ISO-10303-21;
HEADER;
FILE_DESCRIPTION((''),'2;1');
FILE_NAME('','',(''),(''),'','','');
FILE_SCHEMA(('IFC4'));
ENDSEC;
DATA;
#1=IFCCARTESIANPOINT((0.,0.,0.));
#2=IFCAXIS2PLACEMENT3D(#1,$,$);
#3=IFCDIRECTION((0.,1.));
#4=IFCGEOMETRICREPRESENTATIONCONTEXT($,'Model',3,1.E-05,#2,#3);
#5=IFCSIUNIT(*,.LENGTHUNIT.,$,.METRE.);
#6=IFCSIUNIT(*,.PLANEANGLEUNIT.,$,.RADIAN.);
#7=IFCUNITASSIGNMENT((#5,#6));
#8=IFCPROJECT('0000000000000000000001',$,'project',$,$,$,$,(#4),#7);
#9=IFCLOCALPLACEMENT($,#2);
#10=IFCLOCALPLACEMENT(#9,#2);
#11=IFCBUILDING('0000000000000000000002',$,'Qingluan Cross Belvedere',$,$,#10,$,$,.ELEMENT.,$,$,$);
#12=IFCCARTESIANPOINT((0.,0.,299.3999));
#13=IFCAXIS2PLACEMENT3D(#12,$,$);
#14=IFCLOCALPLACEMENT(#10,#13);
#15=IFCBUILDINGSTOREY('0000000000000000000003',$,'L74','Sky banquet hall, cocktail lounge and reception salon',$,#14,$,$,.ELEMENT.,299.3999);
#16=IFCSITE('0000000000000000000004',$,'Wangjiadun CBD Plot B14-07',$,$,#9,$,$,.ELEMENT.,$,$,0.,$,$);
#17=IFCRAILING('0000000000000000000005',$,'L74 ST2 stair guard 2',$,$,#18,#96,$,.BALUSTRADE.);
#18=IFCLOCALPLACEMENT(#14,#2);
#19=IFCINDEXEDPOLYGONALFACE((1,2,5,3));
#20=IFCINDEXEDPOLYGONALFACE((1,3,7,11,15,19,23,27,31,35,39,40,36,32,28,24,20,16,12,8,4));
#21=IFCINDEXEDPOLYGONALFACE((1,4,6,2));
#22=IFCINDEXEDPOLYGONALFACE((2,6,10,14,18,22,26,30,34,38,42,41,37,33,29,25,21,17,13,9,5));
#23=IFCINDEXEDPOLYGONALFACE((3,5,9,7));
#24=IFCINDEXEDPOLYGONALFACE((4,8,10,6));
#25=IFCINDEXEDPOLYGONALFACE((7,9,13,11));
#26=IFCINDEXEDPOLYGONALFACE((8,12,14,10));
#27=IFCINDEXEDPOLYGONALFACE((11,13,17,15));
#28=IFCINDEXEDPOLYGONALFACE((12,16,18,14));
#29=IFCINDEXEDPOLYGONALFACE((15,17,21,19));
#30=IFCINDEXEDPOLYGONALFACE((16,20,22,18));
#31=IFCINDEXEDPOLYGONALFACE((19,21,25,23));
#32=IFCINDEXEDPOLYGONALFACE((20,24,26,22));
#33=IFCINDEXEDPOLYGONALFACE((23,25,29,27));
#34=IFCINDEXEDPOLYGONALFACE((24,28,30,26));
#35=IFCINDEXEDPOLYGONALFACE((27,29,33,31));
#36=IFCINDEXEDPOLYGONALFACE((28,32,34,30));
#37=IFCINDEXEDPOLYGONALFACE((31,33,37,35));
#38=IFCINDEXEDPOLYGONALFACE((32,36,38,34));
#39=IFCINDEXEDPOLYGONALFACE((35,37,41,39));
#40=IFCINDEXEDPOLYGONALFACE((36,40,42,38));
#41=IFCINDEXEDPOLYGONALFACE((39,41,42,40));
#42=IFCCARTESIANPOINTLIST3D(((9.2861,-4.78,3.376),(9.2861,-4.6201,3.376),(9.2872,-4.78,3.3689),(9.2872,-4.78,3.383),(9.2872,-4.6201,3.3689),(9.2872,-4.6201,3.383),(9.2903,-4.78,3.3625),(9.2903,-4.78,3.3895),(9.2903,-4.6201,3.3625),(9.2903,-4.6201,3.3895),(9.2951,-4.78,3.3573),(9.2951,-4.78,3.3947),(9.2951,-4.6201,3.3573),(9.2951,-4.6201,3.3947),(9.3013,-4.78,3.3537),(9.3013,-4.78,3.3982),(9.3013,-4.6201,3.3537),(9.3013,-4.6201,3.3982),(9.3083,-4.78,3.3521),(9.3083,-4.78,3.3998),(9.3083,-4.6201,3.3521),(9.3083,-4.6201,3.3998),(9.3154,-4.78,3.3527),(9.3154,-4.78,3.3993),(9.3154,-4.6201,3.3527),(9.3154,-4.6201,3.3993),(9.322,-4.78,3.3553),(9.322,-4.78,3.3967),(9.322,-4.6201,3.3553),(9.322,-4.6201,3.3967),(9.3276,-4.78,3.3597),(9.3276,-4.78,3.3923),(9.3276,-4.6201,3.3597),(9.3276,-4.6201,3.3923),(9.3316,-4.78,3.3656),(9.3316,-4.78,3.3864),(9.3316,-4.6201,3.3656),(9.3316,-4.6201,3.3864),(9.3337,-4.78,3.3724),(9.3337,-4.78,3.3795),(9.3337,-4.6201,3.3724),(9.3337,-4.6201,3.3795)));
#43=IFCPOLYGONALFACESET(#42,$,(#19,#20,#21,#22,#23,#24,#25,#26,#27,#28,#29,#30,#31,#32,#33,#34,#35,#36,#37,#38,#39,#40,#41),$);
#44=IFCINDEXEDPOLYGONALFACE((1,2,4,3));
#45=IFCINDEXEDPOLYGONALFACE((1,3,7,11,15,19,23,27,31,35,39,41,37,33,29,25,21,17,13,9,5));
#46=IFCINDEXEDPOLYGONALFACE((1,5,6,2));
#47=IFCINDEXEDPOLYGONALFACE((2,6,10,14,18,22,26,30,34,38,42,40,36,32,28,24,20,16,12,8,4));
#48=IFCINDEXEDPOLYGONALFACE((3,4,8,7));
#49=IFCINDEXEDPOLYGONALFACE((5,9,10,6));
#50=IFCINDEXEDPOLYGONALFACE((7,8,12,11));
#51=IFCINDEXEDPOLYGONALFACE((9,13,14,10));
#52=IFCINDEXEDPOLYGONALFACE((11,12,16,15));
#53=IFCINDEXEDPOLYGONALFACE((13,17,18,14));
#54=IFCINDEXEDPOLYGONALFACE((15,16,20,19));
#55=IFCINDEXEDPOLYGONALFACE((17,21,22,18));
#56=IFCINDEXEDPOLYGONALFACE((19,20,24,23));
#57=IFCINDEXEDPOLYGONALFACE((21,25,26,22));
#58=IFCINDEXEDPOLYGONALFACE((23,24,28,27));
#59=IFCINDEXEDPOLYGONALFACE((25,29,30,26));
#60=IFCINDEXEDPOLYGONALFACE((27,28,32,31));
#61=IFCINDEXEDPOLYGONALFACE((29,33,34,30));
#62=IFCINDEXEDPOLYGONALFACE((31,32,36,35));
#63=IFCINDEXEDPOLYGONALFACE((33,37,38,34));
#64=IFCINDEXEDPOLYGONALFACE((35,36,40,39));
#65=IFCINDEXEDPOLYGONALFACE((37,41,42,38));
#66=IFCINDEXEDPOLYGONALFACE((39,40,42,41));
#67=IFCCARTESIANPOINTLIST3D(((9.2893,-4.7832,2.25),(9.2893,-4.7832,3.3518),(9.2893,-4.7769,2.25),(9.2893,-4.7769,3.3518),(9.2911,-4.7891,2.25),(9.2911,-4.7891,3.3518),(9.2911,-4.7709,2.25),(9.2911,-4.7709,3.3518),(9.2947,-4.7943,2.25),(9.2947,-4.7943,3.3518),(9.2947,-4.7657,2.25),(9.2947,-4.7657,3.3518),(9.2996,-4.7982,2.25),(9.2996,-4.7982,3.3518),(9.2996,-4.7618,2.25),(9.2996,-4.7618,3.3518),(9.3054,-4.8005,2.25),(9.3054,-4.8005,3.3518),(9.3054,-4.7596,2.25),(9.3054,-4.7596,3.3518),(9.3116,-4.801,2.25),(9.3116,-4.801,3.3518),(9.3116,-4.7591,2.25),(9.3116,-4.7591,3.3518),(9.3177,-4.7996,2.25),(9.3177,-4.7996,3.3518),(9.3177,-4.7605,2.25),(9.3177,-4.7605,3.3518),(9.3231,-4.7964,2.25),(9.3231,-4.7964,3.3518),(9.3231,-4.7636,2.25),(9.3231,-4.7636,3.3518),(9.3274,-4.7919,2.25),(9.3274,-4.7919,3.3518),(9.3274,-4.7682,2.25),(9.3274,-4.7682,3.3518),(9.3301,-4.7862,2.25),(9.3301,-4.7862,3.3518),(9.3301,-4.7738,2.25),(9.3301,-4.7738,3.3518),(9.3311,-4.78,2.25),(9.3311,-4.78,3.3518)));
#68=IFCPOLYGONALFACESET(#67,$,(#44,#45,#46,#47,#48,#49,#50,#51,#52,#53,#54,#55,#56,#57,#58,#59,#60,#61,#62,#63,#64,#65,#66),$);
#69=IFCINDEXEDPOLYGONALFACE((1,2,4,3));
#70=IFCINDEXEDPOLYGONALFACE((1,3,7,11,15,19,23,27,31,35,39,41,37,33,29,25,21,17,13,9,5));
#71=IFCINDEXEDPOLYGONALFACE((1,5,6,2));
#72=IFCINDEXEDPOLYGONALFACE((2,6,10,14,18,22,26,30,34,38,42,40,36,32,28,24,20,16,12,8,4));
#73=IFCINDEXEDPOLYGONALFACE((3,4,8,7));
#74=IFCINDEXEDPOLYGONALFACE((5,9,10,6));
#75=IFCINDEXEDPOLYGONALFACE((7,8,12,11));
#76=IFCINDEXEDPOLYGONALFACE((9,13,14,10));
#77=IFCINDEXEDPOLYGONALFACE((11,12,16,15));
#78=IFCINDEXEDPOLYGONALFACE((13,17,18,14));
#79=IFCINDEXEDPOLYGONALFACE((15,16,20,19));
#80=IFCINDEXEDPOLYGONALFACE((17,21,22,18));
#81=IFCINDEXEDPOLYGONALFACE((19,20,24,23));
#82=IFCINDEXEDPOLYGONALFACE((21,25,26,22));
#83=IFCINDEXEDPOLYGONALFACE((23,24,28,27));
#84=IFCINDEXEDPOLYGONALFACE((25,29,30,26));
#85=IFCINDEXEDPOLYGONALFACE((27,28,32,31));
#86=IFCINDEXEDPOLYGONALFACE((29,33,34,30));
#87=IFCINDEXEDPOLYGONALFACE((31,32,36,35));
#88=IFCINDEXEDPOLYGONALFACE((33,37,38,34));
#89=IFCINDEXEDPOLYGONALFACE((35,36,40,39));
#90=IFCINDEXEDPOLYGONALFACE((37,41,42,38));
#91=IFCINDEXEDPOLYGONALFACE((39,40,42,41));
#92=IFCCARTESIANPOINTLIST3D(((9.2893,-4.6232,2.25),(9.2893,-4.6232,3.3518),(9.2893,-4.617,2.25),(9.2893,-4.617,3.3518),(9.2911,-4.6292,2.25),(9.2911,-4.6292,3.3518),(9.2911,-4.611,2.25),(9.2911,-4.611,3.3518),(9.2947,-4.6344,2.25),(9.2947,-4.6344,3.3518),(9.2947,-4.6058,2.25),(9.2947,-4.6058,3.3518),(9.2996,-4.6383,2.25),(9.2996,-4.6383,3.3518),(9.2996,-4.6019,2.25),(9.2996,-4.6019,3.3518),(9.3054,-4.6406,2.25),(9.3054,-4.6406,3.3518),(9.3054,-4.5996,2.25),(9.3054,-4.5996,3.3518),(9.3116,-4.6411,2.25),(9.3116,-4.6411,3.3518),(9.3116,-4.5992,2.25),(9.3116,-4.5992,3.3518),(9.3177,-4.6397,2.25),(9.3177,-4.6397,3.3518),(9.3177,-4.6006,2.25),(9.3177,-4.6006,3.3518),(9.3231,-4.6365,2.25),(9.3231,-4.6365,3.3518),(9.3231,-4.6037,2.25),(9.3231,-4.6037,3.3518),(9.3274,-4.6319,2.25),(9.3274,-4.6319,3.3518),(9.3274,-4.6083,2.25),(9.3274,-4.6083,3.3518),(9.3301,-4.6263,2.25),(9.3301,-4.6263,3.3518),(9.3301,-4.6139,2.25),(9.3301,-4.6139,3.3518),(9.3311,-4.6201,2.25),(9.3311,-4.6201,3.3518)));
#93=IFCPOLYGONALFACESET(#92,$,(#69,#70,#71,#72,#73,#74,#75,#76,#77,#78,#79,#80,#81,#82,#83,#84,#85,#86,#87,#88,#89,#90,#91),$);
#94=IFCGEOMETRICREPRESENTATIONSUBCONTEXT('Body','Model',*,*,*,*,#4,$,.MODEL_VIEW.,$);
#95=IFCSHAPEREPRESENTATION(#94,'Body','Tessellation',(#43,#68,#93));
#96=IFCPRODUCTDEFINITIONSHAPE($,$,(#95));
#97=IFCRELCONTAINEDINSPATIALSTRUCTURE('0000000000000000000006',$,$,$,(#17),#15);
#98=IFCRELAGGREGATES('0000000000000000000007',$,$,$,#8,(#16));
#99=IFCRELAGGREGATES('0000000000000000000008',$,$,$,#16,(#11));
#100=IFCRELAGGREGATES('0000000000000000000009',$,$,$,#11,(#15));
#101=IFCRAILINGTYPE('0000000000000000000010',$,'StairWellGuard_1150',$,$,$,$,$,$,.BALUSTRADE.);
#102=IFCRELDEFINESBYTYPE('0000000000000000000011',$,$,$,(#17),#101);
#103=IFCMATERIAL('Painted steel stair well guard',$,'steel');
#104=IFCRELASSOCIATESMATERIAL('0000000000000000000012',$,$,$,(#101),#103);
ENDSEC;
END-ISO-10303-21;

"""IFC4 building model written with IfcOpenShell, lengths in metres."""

from ifc_helpers import new_model, si_unit, direction, frame, origin, origin_2d, place, context, subcontext, project, spatial, circle, extrude, material, type_object, element, save


model = new_model("IFC4")

# Units and contexts
model_context = context("Model", 3, precision=1e-05, world=origin(), true_north=direction((0.0, 1.0)))
body_context = subcontext(model_context, "Body", "Model", "MODEL_VIEW")
ifc_project = project(units=[si_unit("LENGTHUNIT", "METRE"), si_unit("PLANEANGLEUNIT", "RADIAN")], contexts=[model_context])

# Site, building, storey
site_placement = place(None, origin())
site = spatial("IfcSite", under=ifc_project, at=site_placement, Name="Wangjiadun CBD Plot B14-07", CompositionType="ELEMENT", RefElevation=0.0)
building_placement = place(site_placement, origin())
building = spatial("IfcBuilding", under=site, at=building_placement, Name="Qingluan Cross Belvedere", CompositionType="ELEMENT")
storey_placement = place(building_placement, frame((0.0, 0.0, 299.3999)))
storey = spatial("IfcBuildingStorey", under=building, at=storey_placement, Name="L74", Description="Sky banquet hall, cocktail lounge and reception salon", CompositionType="ELEMENT", Elevation=299.3999)

# Railing
ifc_material_1 = material(Name="Painted steel stair well guard", Category="steel")
railing_type_1 = type_object("IfcRailingType", Name="StairWellGuard_1150", PredefinedType="BALUSTRADE", material=ifc_material_1)
railing_1_placement = place(storey_placement, frame((9.3101, -4.78, 2.25)))
element("IfcRailing", 1, at=railing_1_placement, inside=storey, type_object=railing_type_1, Name="L74 ST2 stair guard 2", PredefinedType="BALUSTRADE", context=body_context, shape_type="SweptSolid", body=[
    extrude(circle(Radius=0.0239, at=origin_2d()), frame((0.0, 0.0, 1.126), z_axis=(0.0, 1.0, 0.0), x_axis=(-1.0, 0.0, 0.0)), (0.0, 0.0, 1.0), 0.1599),
    extrude(circle(Radius=0.021, at=origin_2d()), origin(), (0.0, 0.0, 1.0), 1.1018),
    extrude(circle(Radius=0.021, at=origin_2d()), frame((0.0, 0.1599, 0.0)), (0.0, 0.0, 1.0), 1.1018),
])

save(model, "model.ifc")
